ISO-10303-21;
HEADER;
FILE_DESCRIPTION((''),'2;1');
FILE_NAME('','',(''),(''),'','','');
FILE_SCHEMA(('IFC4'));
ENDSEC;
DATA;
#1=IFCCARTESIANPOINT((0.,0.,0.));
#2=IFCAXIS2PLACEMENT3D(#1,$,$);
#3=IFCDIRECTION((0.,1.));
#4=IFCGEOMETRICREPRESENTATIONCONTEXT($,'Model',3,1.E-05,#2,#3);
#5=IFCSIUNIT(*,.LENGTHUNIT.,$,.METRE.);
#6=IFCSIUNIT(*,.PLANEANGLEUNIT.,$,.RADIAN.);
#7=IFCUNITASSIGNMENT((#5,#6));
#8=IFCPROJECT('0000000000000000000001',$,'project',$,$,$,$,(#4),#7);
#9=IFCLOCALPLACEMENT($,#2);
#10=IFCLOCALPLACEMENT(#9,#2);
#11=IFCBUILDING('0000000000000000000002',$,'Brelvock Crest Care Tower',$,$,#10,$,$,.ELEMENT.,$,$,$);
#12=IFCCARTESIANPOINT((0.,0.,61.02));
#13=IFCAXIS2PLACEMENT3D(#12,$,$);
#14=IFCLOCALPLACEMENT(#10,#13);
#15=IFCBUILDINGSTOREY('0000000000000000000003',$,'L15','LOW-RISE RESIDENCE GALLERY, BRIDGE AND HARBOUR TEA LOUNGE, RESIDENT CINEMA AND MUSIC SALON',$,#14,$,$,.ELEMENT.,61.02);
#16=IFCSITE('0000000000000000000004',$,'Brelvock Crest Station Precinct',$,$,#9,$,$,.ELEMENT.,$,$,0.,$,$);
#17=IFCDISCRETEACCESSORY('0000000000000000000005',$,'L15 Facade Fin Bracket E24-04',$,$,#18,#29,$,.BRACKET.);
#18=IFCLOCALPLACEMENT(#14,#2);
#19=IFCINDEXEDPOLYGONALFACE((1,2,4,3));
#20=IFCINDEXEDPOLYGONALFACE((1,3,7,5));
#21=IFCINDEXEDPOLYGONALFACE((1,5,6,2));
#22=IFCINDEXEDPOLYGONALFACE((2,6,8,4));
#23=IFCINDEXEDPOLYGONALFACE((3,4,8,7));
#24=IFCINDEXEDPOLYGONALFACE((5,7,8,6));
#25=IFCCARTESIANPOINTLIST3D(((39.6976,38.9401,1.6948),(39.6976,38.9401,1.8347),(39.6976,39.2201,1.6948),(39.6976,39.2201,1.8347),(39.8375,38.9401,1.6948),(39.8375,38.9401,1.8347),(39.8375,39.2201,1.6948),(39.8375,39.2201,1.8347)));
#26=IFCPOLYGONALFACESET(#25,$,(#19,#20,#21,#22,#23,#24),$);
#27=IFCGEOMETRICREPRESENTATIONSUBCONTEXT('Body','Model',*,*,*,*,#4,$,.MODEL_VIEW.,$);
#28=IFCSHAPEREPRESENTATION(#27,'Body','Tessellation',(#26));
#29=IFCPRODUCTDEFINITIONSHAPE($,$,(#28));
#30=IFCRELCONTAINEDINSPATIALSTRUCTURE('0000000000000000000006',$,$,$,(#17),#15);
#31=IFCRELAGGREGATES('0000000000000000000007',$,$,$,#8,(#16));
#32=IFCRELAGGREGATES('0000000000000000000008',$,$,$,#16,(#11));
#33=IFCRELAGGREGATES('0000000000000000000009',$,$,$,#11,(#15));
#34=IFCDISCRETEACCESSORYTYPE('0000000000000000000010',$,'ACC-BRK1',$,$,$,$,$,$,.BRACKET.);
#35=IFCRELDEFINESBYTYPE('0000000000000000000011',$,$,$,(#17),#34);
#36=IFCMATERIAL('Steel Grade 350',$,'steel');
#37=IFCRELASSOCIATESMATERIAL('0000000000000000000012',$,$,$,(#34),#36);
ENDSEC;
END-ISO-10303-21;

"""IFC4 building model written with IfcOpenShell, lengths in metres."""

from ifc_helpers import new_model, si_unit, direction, frame, origin, origin_2d, place, context, subcontext, project, spatial, rectangle, extrude, source, transform, mapped, material, type_object, element, save


model = new_model("IFC4")

# Units and contexts
model_context = context("Model", 3, precision=1e-05, world=origin(), true_north=direction((0.0, 1.0)))
body_context = subcontext(model_context, "Body", "Model", "MODEL_VIEW")
ifc_project = project(units=[si_unit("LENGTHUNIT", "METRE"), si_unit("PLANEANGLEUNIT", "RADIAN")], contexts=[model_context])

# Site, building, storey
site_placement = place(None, origin())
site = spatial("IfcSite", under=ifc_project, at=site_placement, Name="Brelvock Crest Station Precinct", CompositionType="ELEMENT", RefElevation=0.0)
building_placement = place(site_placement, origin())
building = spatial("IfcBuilding", under=site, at=building_placement, Name="Brelvock Crest Care Tower", CompositionType="ELEMENT")
storey_placement = place(building_placement, frame((0.0, 0.0, 61.02)))
storey = spatial("IfcBuildingStorey", under=building, at=storey_placement, Name="L15", Description="LOW-RISE RESIDENCE GALLERY, BRIDGE AND HARBOUR TEA LOUNGE, RESIDENT CINEMA AND MUSIC SALON", CompositionType="ELEMENT", Elevation=61.02)

# Shared definitions
ifc_material_1 = material(Name="Steel Grade 350", Category="steel")

# Discrete accessory
discrete_accessory_type = type_object("IfcDiscreteAccessoryType", Name="ACC-BRK1", PredefinedType="BRACKET", material=ifc_material_1)
shared_shape_1 = source(origin(), body_context, "Body", "SweptSolid", [
    extrude(rectangle(XDim=0.28, YDim=0.1399, at=origin_2d()), origin(), (0.0, 0.0, 1.0), 0.1399),
])
for number, where, z_axis, x_axis, name in (
    (1, (39.7676, 39.0801, 1.6948), (0.0, 0.0, 1.0), (0.0, 1.0, 0.0), "L15 Facade Fin Bracket E24-04"),
):
    element("IfcDiscreteAccessory", number, at=place(storey_placement, frame(where, z_axis=z_axis, x_axis=x_axis)), inside=storey, type_object=discrete_accessory_type, Name=name, PredefinedType="BRACKET", context=body_context, shape_type="MappedRepresentation", body=[
        mapped(shared_shape_1, transform((0.0, 0.0, 0.0), x_axis=(1.0, 0.0, 0.0), y_axis=(0.0, 1.0, 0.0), z_axis=(0.0, 0.0, 1.0), scale=1.0)),
    ])

save(model, "model.ifc")
